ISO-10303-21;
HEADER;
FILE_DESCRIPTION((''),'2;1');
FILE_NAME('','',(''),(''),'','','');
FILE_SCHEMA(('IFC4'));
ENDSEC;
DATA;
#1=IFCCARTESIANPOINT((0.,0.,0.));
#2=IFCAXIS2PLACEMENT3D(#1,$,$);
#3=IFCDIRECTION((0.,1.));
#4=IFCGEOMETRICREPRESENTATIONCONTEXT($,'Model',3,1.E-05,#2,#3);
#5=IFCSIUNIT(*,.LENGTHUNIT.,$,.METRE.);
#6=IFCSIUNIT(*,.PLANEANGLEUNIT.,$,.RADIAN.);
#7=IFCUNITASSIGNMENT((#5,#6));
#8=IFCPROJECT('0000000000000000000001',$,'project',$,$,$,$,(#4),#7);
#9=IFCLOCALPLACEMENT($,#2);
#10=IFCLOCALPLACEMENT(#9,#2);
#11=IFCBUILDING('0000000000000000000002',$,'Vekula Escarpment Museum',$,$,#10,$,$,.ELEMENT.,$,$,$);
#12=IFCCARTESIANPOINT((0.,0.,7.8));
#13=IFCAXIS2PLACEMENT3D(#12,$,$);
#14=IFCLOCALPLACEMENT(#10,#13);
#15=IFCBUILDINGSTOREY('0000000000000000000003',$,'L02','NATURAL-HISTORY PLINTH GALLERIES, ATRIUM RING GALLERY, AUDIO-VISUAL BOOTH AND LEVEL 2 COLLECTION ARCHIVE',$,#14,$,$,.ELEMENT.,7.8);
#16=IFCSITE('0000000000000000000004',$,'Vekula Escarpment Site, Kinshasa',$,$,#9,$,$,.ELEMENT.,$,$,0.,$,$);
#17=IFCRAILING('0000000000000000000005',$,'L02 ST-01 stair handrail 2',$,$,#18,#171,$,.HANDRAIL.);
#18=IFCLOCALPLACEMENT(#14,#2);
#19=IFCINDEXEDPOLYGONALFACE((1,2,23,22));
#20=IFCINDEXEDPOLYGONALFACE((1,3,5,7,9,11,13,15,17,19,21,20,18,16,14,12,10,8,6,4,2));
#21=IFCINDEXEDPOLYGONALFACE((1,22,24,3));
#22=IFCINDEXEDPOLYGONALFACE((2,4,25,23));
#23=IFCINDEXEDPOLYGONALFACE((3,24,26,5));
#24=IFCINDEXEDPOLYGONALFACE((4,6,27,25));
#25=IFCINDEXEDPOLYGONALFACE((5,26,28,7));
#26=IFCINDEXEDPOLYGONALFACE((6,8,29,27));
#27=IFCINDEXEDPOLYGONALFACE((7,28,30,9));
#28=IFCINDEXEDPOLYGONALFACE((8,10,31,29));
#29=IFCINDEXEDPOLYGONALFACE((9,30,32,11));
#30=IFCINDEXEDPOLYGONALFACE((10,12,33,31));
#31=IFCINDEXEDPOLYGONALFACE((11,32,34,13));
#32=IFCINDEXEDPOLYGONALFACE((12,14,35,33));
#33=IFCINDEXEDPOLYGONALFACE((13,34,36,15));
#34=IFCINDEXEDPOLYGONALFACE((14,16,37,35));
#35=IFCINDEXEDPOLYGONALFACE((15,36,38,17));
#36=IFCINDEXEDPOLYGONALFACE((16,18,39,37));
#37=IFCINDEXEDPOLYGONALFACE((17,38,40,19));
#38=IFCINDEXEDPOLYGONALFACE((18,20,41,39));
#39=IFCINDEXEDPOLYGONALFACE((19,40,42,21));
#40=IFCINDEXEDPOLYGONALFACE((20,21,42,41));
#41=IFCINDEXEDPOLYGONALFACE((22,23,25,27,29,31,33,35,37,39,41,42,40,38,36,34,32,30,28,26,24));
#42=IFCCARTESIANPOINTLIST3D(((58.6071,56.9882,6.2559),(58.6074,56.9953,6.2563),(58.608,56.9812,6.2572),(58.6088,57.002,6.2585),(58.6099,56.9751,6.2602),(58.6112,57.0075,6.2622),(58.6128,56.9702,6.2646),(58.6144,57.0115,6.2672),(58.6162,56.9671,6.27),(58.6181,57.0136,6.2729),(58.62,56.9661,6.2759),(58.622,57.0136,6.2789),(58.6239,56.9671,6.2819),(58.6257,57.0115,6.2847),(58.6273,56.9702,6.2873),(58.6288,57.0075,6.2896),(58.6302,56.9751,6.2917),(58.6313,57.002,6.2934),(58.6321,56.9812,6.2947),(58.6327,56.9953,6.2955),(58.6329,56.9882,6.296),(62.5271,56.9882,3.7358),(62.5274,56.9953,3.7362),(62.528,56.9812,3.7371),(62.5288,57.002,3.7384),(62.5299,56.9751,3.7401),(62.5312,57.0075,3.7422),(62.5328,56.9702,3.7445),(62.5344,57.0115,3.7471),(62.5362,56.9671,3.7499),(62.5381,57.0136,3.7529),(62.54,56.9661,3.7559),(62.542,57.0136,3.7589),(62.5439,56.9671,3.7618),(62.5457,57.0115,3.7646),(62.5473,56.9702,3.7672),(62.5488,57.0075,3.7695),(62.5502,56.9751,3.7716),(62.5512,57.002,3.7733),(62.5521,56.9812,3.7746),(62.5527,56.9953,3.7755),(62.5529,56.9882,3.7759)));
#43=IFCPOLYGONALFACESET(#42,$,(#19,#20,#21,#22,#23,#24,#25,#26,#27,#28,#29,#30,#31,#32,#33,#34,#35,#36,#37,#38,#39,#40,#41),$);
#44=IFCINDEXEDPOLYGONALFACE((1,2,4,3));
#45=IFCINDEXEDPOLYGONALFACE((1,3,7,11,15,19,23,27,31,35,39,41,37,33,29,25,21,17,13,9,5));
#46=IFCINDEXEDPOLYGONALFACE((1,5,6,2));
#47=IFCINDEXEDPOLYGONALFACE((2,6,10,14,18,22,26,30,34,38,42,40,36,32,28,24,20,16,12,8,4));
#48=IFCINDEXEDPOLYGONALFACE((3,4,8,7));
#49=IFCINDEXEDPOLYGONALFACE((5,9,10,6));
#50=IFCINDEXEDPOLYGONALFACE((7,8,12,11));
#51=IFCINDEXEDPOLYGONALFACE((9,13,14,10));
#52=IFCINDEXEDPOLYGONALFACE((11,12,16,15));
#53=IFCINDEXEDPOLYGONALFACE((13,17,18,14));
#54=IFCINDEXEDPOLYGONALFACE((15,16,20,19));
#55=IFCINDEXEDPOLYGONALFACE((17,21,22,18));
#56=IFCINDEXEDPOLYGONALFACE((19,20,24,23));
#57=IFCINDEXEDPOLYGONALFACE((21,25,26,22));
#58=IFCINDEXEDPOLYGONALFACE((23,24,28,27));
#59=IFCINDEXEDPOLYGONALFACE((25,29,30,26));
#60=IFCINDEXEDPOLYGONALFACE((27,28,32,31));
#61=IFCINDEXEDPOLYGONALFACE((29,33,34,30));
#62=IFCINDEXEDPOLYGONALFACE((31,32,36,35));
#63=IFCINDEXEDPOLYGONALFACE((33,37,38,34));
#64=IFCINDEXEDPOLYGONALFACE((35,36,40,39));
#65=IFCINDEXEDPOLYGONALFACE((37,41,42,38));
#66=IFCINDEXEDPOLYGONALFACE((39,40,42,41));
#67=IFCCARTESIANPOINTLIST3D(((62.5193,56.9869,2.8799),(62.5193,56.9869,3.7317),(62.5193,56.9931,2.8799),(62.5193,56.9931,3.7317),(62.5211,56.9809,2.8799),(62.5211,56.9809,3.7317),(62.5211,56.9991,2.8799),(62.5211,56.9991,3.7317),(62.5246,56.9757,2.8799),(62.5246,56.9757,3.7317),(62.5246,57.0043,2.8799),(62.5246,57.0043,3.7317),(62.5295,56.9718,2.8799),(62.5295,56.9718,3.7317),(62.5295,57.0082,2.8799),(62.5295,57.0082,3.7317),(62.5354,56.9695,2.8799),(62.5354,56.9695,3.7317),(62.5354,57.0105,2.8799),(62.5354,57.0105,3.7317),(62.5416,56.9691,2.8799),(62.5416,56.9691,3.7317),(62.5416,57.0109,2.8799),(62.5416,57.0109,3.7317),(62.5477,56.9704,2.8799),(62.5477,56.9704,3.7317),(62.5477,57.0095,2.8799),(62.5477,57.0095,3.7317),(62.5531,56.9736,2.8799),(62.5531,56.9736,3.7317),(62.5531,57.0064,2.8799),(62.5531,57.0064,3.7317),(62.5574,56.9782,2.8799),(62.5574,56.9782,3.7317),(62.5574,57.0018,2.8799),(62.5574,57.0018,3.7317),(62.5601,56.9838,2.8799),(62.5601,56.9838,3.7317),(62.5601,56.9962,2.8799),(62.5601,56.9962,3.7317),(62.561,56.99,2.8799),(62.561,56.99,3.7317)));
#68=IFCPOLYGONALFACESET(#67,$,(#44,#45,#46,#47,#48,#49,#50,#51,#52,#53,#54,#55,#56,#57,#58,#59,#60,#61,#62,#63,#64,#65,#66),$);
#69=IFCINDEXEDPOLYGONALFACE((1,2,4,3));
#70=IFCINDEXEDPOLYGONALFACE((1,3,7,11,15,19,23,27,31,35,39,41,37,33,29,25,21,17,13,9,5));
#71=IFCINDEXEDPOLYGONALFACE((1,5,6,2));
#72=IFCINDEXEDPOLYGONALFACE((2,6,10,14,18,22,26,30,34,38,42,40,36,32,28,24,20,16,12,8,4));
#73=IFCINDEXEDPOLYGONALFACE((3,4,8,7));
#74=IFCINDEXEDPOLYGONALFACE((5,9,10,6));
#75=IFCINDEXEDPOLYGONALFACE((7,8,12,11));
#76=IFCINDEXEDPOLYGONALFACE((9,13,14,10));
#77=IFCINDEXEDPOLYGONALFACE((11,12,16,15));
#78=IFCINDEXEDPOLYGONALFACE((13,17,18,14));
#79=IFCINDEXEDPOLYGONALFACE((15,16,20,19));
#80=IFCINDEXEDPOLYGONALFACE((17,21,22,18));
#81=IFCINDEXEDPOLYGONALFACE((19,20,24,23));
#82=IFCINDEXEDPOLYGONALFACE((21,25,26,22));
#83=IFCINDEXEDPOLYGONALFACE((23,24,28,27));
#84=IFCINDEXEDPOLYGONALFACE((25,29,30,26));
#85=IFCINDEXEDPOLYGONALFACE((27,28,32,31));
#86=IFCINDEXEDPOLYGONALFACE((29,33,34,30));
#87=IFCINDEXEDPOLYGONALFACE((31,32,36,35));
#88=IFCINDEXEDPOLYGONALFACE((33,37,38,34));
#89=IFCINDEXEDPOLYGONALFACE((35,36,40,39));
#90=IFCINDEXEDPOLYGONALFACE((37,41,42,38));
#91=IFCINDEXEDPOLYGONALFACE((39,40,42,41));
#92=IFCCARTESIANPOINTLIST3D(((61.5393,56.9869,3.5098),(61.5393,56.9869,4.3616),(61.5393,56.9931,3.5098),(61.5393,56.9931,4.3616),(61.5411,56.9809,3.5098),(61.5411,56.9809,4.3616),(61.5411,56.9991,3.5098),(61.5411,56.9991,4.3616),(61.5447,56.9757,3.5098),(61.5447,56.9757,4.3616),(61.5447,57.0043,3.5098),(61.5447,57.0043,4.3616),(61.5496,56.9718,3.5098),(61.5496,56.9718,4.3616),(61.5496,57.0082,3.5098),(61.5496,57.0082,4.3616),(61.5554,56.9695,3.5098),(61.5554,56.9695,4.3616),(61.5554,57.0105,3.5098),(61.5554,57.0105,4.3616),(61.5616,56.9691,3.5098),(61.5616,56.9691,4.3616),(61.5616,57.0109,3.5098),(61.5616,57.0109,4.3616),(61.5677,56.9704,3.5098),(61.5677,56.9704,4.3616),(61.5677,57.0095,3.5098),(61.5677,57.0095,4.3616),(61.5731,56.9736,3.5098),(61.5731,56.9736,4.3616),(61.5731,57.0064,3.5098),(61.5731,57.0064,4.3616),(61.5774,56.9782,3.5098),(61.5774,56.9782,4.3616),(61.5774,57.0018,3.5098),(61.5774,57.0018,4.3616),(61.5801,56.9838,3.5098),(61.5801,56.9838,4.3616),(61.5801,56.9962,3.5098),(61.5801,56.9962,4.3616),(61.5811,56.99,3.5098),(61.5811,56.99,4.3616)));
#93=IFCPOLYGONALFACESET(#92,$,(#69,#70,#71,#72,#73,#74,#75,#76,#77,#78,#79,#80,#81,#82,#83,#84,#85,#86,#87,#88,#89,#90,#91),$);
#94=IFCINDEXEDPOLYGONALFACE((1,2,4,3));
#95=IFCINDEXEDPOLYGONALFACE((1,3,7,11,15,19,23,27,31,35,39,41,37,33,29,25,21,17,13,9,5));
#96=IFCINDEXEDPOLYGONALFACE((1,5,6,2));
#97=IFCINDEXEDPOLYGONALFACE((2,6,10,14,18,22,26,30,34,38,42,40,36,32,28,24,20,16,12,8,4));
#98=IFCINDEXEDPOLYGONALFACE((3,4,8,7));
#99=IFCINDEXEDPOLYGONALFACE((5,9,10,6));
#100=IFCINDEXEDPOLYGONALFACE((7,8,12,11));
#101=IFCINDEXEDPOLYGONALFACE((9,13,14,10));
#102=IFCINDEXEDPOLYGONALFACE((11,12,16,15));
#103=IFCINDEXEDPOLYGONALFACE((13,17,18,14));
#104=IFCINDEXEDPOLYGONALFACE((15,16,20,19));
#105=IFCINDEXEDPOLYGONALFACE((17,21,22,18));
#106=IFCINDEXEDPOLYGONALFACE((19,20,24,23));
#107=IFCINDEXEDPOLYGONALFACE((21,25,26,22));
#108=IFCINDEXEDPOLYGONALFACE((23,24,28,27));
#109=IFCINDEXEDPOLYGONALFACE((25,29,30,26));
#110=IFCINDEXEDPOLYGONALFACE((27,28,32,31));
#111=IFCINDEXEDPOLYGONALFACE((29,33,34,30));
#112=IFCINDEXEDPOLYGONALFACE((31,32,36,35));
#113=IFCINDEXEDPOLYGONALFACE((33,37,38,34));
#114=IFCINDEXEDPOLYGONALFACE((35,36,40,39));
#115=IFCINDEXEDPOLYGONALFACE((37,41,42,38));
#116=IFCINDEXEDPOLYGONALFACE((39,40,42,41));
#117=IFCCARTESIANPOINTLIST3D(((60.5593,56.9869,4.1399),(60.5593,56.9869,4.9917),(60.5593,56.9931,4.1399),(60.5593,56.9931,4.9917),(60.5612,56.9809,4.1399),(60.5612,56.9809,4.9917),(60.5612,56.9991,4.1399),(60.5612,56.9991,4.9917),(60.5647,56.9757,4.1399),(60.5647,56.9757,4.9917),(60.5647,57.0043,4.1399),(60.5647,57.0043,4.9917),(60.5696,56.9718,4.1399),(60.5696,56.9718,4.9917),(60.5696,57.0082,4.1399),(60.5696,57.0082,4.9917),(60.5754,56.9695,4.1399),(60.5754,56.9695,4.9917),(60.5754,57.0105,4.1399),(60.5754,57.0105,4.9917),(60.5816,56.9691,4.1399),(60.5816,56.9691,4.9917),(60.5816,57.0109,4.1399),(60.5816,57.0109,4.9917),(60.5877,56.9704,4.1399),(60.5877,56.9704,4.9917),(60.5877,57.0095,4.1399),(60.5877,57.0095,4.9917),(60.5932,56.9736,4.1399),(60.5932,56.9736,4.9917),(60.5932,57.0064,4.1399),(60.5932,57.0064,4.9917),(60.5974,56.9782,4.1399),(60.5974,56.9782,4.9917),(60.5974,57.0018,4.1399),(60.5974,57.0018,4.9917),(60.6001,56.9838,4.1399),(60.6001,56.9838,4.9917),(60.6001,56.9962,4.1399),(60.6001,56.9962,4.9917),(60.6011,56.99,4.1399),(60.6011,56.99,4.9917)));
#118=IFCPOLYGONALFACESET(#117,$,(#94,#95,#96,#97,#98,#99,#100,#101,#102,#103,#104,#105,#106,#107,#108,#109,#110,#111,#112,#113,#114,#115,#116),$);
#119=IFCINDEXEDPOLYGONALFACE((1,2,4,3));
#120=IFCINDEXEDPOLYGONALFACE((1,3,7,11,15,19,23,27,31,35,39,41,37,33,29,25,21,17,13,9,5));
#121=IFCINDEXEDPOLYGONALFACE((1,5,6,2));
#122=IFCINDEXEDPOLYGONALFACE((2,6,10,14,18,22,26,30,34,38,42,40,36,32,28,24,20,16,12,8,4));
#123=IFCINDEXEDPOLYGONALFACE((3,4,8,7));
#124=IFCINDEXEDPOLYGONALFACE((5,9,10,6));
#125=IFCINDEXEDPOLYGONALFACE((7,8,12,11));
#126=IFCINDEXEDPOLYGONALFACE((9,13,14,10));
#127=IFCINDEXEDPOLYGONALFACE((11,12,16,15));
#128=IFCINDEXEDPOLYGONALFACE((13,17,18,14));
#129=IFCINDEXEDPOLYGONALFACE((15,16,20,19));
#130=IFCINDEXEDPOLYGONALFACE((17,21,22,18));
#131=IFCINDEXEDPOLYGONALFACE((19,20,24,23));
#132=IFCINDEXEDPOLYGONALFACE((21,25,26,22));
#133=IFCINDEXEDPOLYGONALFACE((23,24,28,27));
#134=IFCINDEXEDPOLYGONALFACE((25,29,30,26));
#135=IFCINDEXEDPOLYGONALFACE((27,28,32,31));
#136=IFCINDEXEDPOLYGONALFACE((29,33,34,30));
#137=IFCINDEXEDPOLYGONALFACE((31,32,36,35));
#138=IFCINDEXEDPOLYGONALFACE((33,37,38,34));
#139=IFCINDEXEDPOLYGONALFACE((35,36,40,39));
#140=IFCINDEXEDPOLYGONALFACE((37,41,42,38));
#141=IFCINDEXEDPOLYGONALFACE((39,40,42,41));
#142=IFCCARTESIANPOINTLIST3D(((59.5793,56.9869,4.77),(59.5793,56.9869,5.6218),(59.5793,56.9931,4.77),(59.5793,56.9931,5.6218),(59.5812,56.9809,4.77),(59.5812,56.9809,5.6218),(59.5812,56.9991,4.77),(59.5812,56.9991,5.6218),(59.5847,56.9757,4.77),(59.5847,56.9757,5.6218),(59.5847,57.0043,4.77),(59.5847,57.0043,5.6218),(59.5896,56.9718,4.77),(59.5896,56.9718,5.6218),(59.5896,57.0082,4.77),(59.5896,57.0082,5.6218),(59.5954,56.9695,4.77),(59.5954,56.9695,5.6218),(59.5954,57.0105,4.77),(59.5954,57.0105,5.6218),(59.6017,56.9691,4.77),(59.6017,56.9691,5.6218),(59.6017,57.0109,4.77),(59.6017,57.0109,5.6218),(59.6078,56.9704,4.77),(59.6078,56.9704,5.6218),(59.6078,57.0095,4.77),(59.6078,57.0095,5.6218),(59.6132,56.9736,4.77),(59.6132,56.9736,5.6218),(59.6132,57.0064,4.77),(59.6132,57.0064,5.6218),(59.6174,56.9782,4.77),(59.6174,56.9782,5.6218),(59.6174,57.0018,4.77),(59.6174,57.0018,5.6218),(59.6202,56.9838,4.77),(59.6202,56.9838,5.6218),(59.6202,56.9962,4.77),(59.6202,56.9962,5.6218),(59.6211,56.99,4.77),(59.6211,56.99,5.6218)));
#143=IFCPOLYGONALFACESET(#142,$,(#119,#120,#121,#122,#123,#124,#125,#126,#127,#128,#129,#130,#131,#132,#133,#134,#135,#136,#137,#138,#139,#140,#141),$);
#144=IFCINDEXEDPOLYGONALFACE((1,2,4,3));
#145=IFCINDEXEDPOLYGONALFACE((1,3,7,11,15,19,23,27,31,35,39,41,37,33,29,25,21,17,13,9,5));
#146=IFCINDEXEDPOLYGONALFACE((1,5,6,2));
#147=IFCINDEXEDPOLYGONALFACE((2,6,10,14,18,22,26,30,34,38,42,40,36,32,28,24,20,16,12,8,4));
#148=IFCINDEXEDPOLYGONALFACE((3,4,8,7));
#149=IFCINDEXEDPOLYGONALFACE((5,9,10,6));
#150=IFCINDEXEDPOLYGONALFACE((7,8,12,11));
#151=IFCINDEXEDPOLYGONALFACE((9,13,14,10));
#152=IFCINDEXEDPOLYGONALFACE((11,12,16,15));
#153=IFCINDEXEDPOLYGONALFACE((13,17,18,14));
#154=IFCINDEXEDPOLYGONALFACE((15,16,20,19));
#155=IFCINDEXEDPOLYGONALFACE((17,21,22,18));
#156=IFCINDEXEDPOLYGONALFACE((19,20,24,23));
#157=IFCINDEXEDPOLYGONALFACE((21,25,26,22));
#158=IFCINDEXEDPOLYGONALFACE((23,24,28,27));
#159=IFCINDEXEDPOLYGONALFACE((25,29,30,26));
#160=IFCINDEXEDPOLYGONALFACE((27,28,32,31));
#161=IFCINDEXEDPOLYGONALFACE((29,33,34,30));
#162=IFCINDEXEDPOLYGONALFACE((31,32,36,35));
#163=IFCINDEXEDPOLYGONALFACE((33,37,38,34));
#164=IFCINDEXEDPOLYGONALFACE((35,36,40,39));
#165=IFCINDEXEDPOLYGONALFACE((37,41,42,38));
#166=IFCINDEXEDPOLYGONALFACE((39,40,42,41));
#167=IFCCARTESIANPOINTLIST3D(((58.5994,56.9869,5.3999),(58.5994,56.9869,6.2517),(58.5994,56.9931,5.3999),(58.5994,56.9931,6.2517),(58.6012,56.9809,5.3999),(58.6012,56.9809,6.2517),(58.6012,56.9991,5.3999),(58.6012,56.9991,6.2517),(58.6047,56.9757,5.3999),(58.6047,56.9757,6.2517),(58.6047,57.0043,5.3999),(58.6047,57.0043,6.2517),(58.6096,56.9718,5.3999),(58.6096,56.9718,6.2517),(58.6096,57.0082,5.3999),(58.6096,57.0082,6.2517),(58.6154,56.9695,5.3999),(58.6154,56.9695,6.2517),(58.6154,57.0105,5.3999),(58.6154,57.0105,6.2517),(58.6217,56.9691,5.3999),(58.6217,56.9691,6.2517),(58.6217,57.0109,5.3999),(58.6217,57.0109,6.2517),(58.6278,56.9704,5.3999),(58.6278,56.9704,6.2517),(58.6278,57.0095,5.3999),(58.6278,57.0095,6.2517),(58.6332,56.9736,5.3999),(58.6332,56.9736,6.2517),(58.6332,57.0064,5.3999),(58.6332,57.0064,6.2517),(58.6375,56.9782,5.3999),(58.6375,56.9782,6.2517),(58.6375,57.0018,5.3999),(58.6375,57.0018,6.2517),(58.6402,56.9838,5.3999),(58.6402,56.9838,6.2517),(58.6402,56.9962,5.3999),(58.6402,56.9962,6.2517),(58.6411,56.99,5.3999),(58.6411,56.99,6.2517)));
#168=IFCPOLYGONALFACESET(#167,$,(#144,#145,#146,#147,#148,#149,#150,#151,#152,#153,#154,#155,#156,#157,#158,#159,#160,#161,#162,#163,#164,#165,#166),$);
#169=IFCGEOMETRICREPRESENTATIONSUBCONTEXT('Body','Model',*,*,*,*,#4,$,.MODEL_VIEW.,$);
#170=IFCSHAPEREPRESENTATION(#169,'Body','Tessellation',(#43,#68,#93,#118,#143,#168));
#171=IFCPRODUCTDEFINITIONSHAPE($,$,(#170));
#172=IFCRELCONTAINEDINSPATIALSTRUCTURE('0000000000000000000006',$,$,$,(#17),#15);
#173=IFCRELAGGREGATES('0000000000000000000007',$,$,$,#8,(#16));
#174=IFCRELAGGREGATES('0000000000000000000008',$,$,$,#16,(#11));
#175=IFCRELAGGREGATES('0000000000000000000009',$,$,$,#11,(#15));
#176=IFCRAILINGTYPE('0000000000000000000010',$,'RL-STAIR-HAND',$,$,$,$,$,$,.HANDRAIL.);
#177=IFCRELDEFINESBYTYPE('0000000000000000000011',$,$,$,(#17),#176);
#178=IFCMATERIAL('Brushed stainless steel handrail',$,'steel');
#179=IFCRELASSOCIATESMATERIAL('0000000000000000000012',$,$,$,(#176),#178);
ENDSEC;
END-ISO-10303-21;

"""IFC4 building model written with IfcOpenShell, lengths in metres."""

from ifc_helpers import new_model, si_unit, direction, frame, origin, origin_2d, place, context, subcontext, project, spatial, circle, extrude, material, type_object, element, save


model = new_model("IFC4")

# Units and contexts
model_context = context("Model", 3, precision=1e-05, world=origin(), true_north=direction((0.0, 1.0)))
body_context = subcontext(model_context, "Body", "Model", "MODEL_VIEW")
ifc_project = project(units=[si_unit("LENGTHUNIT", "METRE"), si_unit("PLANEANGLEUNIT", "RADIAN")], contexts=[model_context])

# Site, building, storey
site_placement = place(None, origin())
site = spatial("IfcSite", under=ifc_project, at=site_placement, Name="Vekula Escarpment Site, Kinshasa", CompositionType="ELEMENT", RefElevation=0.0)
building_placement = place(site_placement, origin())
building = spatial("IfcBuilding", under=site, at=building_placement, Name="Vekula Escarpment Museum", CompositionType="ELEMENT")
storey_placement = place(building_placement, frame((0.0, 0.0, 7.8)))
storey = spatial("IfcBuildingStorey", under=building, at=storey_placement, Name="L02", Description="NATURAL-HISTORY PLINTH GALLERIES, ATRIUM RING GALLERY, AUDIO-VISUAL BOOTH AND LEVEL 2 COLLECTION ARCHIVE", CompositionType="ELEMENT", Elevation=7.8)

# Railing
ifc_material_1 = material(Name="Brushed stainless steel handrail", Category="steel")
railing_type_1 = type_object("IfcRailingType", Name="RL-STAIR-HAND", PredefinedType="HANDRAIL", material=ifc_material_1)
railing_1_placement = place(storey_placement, frame((62.54, 56.99, 2.8799)))
element("IfcRailing", 1, at=railing_1_placement, inside=storey, type_object=railing_type_1, Name="L02 ST-01 stair handrail 2", PredefinedType="HANDRAIL", context=body_context, shape_type="SweptSolid", body=[
    extrude(circle(Radius=0.0239, at=origin_2d()), frame((0.0, 0.0, 0.876), z_axis=(-0.841172, 0.0, 0.540768), x_axis=(0.0, -1.0, 0.0)), (0.0, 0.0, 1.0), 4.6602),
    extrude(circle(Radius=0.021, at=origin_2d()), origin(), (0.0, 0.0, 1.0), 0.8518),
    extrude(circle(Radius=0.021, at=origin_2d()), frame((-0.98, 0.0, 0.6299)), (0.0, 0.0, 1.0), 0.8518),
    extrude(circle(Radius=0.021, at=origin_2d()), frame((-1.96, 0.0, 1.26)), (0.0, 0.0, 1.0), 0.8518),
    extrude(circle(Radius=0.021, at=origin_2d()), frame((-2.9399, 0.0, 1.8901)), (0.0, 0.0, 1.0), 0.8518),
    extrude(circle(Radius=0.021, at=origin_2d()), frame((-3.9199, 0.0, 2.52)), (0.0, 0.0, 1.0), 0.8518),
])

save(model, "model.ifc")
